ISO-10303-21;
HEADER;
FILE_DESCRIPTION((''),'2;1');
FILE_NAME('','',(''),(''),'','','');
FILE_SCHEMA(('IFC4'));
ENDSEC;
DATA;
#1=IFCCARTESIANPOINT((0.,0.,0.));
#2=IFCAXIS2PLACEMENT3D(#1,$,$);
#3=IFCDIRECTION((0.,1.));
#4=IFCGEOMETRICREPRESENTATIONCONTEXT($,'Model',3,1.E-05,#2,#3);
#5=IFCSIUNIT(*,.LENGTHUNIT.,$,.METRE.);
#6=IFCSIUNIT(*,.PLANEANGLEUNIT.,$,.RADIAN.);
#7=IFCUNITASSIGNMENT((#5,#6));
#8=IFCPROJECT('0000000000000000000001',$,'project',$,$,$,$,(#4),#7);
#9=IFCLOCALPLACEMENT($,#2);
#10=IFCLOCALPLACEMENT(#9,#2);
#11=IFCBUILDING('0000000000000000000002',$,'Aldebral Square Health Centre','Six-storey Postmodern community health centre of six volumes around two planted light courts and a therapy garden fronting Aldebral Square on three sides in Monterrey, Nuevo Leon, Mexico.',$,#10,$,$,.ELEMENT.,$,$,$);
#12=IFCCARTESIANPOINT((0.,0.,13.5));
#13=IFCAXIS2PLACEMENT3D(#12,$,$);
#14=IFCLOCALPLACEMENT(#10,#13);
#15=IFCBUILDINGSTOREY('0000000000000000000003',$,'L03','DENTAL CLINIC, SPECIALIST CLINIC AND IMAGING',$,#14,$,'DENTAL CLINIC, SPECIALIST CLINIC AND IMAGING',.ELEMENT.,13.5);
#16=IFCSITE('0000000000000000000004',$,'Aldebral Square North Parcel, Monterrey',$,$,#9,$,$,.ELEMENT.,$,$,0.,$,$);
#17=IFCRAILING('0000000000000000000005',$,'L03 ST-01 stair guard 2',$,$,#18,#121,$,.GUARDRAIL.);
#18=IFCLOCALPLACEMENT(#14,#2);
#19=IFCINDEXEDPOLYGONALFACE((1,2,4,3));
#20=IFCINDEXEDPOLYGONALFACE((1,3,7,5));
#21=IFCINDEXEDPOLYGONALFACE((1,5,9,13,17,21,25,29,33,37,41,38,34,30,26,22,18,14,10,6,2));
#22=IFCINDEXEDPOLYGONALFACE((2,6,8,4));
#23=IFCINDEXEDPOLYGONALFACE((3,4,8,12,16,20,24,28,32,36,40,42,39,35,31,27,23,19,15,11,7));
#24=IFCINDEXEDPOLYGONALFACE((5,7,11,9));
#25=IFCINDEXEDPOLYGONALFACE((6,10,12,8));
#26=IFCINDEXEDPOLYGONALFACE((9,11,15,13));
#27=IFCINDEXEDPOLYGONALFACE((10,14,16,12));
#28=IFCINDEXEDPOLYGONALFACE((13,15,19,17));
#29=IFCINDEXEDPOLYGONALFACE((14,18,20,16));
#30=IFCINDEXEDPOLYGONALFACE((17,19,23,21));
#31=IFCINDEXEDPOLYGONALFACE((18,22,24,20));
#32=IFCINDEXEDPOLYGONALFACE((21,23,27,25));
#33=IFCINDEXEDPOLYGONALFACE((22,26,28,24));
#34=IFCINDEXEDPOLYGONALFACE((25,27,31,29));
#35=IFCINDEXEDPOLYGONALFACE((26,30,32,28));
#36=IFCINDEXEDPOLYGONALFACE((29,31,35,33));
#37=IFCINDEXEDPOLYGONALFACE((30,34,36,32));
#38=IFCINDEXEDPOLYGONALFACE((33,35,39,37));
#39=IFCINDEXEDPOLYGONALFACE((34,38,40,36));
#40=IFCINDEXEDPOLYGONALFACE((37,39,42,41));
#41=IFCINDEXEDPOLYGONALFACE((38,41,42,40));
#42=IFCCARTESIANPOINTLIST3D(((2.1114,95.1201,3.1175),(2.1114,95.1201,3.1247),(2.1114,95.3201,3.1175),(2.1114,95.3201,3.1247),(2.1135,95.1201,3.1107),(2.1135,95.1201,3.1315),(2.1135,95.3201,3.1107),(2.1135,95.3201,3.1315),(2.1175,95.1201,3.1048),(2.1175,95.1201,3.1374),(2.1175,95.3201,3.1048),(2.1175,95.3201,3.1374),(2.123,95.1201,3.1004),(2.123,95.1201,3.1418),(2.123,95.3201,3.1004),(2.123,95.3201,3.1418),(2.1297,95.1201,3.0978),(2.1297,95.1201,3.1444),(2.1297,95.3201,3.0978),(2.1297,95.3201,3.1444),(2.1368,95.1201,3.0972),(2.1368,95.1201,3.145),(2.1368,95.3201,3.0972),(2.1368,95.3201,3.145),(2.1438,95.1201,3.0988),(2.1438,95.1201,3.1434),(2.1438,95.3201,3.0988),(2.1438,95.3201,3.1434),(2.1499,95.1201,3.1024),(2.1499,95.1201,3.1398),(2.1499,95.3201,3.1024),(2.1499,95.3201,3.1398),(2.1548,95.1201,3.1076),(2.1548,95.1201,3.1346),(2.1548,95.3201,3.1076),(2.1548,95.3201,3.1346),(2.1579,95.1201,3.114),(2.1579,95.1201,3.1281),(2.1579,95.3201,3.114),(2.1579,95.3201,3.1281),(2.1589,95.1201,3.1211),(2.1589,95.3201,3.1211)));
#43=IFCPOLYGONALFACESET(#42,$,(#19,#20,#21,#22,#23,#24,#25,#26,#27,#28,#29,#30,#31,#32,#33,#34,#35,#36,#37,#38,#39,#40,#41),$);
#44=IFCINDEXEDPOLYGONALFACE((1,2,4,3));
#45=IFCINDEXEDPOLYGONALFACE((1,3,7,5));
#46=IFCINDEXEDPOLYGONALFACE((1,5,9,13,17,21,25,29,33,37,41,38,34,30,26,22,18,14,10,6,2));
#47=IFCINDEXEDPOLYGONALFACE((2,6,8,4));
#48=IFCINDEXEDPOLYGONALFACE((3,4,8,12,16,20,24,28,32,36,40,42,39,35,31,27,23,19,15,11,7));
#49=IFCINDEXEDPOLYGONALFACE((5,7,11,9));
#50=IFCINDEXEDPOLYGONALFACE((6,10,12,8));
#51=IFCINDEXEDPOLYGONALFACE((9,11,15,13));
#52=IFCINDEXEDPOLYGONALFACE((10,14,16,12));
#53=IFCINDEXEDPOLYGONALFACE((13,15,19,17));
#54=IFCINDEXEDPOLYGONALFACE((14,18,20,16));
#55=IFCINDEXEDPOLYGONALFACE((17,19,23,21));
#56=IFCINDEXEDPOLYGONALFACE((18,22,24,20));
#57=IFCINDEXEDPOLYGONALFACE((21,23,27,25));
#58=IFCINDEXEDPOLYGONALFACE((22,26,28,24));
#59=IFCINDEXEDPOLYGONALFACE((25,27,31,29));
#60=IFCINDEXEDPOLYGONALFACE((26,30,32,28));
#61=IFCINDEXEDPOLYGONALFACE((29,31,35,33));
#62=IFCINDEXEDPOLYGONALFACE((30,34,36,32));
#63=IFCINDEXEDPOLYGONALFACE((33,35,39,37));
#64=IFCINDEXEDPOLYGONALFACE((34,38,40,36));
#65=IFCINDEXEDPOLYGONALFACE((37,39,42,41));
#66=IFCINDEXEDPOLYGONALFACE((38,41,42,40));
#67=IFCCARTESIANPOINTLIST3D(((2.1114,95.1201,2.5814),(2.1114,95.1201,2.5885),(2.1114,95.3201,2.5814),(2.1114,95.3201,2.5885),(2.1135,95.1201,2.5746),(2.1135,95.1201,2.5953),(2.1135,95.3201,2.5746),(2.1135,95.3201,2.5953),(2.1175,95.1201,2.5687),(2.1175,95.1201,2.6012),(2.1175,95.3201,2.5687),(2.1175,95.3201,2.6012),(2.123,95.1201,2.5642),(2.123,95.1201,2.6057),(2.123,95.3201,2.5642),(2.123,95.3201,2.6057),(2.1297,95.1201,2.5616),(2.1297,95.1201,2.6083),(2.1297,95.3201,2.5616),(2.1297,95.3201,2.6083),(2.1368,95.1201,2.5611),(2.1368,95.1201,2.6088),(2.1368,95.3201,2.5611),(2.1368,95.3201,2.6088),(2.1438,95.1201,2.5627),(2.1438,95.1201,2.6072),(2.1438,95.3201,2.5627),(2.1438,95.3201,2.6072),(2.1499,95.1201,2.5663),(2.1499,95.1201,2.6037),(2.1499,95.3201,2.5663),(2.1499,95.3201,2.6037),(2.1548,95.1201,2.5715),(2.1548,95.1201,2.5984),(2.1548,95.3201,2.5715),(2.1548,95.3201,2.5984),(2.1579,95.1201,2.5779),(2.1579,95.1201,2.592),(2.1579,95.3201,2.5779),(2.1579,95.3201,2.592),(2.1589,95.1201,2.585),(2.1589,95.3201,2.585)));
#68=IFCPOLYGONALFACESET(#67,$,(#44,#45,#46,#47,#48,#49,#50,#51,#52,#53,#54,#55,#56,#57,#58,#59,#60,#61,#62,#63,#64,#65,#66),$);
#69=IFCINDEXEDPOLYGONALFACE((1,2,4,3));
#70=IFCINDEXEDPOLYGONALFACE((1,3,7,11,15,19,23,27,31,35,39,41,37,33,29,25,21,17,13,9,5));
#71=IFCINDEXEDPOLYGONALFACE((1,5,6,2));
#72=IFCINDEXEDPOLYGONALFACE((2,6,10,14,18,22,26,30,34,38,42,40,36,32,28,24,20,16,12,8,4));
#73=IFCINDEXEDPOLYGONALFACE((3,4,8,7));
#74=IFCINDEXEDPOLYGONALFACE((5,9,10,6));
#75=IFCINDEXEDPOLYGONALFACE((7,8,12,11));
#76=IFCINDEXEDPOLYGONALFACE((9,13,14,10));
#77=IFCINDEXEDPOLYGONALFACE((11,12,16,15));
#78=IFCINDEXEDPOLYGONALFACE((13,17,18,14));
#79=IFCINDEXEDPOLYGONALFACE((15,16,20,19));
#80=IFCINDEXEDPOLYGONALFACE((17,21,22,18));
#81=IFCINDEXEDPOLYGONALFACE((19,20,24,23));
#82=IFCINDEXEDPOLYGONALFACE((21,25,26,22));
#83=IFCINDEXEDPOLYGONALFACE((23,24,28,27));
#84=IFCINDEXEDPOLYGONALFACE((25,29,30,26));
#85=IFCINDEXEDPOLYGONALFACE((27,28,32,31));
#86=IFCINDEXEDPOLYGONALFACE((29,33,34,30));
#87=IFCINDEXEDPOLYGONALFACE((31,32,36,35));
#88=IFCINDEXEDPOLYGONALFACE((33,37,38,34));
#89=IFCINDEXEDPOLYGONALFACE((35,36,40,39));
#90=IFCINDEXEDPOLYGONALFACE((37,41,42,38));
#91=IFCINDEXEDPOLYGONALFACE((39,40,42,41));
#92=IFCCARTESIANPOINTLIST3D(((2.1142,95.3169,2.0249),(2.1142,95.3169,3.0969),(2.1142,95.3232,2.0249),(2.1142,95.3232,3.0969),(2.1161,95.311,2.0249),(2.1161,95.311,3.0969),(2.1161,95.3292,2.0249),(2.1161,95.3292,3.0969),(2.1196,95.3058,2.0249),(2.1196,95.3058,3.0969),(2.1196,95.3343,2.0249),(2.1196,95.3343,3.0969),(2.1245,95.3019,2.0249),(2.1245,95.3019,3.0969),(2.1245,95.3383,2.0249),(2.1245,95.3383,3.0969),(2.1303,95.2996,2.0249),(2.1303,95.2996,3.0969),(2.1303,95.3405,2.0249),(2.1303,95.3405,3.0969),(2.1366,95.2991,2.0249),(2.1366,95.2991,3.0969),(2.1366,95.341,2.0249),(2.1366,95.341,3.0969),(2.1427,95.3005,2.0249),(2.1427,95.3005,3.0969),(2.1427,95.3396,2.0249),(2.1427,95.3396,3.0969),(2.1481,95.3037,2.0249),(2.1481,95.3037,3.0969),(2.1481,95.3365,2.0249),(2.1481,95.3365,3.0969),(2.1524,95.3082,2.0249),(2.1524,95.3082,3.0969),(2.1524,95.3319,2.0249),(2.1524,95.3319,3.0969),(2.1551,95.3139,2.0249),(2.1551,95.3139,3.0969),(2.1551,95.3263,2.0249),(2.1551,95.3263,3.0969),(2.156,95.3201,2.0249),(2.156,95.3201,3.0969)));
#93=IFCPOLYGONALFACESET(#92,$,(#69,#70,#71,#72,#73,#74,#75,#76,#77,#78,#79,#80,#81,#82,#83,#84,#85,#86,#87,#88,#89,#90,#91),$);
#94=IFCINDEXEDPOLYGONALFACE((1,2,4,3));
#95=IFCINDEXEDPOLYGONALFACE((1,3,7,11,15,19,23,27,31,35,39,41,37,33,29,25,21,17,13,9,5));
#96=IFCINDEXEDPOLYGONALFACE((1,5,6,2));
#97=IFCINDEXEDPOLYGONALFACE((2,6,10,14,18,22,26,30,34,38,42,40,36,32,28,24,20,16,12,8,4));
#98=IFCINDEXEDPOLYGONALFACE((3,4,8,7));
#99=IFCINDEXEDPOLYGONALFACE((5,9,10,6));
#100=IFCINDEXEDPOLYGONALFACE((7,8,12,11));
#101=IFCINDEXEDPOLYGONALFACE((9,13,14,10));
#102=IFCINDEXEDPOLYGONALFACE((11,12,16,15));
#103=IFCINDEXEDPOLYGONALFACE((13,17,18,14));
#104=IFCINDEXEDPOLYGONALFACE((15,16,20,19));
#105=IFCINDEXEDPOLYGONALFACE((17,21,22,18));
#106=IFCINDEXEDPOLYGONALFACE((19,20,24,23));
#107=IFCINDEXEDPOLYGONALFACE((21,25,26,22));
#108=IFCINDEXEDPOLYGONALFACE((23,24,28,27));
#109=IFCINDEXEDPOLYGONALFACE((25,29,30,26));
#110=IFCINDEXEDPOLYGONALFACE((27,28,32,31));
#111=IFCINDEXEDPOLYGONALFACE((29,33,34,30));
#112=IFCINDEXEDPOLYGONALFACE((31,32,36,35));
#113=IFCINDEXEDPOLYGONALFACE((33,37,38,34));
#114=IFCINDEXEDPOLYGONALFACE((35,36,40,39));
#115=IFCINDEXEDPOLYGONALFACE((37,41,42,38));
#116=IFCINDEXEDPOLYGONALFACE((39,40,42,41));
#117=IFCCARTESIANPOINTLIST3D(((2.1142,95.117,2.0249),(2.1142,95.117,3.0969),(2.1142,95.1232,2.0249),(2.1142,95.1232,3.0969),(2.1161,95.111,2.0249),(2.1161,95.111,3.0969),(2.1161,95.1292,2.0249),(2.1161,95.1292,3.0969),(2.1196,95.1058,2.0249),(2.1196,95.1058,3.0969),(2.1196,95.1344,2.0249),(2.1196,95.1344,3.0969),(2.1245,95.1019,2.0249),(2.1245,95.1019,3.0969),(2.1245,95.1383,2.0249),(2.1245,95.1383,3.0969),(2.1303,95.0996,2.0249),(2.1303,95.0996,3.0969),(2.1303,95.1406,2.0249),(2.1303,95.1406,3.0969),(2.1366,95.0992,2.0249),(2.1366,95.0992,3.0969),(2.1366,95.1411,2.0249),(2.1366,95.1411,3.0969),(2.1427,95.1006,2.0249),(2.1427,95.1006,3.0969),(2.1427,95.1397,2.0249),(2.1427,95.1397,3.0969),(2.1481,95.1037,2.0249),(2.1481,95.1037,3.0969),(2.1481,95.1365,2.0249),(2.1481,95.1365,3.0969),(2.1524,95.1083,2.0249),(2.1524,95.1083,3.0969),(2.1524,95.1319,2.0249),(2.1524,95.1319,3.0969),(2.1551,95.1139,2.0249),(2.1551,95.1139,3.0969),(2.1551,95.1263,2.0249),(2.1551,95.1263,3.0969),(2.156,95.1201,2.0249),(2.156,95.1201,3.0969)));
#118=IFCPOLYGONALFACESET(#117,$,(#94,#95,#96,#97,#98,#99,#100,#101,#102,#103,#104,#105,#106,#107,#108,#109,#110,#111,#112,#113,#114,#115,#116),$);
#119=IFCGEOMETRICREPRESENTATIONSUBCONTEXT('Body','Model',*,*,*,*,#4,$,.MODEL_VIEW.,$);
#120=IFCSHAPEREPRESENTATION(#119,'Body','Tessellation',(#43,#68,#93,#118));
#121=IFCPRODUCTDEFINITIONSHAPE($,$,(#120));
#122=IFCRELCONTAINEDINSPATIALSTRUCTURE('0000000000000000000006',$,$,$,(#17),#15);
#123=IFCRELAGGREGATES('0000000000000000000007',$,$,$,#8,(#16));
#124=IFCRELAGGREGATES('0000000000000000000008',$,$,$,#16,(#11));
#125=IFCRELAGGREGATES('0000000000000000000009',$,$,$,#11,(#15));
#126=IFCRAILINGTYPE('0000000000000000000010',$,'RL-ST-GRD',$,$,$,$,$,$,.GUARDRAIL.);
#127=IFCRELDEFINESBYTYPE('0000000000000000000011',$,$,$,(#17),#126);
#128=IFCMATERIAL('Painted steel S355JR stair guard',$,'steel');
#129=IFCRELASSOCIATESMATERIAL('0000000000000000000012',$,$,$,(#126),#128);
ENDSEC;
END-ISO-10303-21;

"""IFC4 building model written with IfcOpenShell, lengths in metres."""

from ifc_helpers import new_model, si_unit, direction, frame, origin, origin_2d, place, context, subcontext, project, spatial, circle, extrude, material, type_object, element, save


model = new_model("IFC4")

# Units and contexts
model_context = context("Model", 3, precision=1e-05, world=origin(), true_north=direction((0.0, 1.0)))
body_context = subcontext(model_context, "Body", "Model", "MODEL_VIEW")
ifc_project = project(units=[si_unit("LENGTHUNIT", "METRE"), si_unit("PLANEANGLEUNIT", "RADIAN")], contexts=[model_context])

# Site, building, storey
site_placement = place(None, origin())
site = spatial("IfcSite", under=ifc_project, at=site_placement, Name="Aldebral Square North Parcel, Monterrey", CompositionType="ELEMENT", RefElevation=0.0)
building_placement = place(site_placement, origin())
building = spatial("IfcBuilding", under=site, at=building_placement, Name="Aldebral Square Health Centre", Description="Six-storey Postmodern community health centre of six volumes around two planted light courts and a therapy garden fronting Aldebral Square on three sides in Monterrey, Nuevo Leon, Mexico.", CompositionType="ELEMENT")
storey_placement = place(building_placement, frame((0.0, 0.0, 13.5)))
storey = spatial("IfcBuildingStorey", under=building, at=storey_placement, Name="L03", Description="DENTAL CLINIC, SPECIALIST CLINIC AND IMAGING", LongName="DENTAL CLINIC, SPECIALIST CLINIC AND IMAGING", CompositionType="ELEMENT", Elevation=13.5)

# Railing
ifc_material_1 = material(Name="Painted steel S355JR stair guard", Category="steel")
railing_type_1 = type_object("IfcRailingType", Name="RL-ST-GRD", PredefinedType="GUARDRAIL", material=ifc_material_1)
railing_1_placement = place(storey_placement, frame((2.135, 95.3201, 2.0249)))
element("IfcRailing", 1, at=railing_1_placement, inside=storey, type_object=railing_type_1, Name="L03 ST-01 stair guard 2", PredefinedType="GUARDRAIL", context=body_context, shape_type="SweptSolid", body=[
    extrude(circle(Radius=0.0239, at=origin_2d()), frame((0.0, 0.0, 1.0962), z_axis=(0.0, -1.0, 0.0), x_axis=(1.0, 0.0, 0.0)), (0.0, 0.0, 1.0), 0.2),
    extrude(circle(Radius=0.0239, at=origin_2d()), frame((0.0, 0.0, 0.5601), z_axis=(0.0, -1.0, 0.0), x_axis=(1.0, 0.0, 0.0)), (0.0, 0.0, 1.0), 0.2),
    extrude(circle(Radius=0.021, at=origin_2d()), origin(), (0.0, 0.0, 1.0), 1.072),
    extrude(circle(Radius=0.021, at=origin_2d()), frame((0.0, -0.2, 0.0)), (0.0, 0.0, 1.0), 1.072),
])

save(model, "model.ifc")
